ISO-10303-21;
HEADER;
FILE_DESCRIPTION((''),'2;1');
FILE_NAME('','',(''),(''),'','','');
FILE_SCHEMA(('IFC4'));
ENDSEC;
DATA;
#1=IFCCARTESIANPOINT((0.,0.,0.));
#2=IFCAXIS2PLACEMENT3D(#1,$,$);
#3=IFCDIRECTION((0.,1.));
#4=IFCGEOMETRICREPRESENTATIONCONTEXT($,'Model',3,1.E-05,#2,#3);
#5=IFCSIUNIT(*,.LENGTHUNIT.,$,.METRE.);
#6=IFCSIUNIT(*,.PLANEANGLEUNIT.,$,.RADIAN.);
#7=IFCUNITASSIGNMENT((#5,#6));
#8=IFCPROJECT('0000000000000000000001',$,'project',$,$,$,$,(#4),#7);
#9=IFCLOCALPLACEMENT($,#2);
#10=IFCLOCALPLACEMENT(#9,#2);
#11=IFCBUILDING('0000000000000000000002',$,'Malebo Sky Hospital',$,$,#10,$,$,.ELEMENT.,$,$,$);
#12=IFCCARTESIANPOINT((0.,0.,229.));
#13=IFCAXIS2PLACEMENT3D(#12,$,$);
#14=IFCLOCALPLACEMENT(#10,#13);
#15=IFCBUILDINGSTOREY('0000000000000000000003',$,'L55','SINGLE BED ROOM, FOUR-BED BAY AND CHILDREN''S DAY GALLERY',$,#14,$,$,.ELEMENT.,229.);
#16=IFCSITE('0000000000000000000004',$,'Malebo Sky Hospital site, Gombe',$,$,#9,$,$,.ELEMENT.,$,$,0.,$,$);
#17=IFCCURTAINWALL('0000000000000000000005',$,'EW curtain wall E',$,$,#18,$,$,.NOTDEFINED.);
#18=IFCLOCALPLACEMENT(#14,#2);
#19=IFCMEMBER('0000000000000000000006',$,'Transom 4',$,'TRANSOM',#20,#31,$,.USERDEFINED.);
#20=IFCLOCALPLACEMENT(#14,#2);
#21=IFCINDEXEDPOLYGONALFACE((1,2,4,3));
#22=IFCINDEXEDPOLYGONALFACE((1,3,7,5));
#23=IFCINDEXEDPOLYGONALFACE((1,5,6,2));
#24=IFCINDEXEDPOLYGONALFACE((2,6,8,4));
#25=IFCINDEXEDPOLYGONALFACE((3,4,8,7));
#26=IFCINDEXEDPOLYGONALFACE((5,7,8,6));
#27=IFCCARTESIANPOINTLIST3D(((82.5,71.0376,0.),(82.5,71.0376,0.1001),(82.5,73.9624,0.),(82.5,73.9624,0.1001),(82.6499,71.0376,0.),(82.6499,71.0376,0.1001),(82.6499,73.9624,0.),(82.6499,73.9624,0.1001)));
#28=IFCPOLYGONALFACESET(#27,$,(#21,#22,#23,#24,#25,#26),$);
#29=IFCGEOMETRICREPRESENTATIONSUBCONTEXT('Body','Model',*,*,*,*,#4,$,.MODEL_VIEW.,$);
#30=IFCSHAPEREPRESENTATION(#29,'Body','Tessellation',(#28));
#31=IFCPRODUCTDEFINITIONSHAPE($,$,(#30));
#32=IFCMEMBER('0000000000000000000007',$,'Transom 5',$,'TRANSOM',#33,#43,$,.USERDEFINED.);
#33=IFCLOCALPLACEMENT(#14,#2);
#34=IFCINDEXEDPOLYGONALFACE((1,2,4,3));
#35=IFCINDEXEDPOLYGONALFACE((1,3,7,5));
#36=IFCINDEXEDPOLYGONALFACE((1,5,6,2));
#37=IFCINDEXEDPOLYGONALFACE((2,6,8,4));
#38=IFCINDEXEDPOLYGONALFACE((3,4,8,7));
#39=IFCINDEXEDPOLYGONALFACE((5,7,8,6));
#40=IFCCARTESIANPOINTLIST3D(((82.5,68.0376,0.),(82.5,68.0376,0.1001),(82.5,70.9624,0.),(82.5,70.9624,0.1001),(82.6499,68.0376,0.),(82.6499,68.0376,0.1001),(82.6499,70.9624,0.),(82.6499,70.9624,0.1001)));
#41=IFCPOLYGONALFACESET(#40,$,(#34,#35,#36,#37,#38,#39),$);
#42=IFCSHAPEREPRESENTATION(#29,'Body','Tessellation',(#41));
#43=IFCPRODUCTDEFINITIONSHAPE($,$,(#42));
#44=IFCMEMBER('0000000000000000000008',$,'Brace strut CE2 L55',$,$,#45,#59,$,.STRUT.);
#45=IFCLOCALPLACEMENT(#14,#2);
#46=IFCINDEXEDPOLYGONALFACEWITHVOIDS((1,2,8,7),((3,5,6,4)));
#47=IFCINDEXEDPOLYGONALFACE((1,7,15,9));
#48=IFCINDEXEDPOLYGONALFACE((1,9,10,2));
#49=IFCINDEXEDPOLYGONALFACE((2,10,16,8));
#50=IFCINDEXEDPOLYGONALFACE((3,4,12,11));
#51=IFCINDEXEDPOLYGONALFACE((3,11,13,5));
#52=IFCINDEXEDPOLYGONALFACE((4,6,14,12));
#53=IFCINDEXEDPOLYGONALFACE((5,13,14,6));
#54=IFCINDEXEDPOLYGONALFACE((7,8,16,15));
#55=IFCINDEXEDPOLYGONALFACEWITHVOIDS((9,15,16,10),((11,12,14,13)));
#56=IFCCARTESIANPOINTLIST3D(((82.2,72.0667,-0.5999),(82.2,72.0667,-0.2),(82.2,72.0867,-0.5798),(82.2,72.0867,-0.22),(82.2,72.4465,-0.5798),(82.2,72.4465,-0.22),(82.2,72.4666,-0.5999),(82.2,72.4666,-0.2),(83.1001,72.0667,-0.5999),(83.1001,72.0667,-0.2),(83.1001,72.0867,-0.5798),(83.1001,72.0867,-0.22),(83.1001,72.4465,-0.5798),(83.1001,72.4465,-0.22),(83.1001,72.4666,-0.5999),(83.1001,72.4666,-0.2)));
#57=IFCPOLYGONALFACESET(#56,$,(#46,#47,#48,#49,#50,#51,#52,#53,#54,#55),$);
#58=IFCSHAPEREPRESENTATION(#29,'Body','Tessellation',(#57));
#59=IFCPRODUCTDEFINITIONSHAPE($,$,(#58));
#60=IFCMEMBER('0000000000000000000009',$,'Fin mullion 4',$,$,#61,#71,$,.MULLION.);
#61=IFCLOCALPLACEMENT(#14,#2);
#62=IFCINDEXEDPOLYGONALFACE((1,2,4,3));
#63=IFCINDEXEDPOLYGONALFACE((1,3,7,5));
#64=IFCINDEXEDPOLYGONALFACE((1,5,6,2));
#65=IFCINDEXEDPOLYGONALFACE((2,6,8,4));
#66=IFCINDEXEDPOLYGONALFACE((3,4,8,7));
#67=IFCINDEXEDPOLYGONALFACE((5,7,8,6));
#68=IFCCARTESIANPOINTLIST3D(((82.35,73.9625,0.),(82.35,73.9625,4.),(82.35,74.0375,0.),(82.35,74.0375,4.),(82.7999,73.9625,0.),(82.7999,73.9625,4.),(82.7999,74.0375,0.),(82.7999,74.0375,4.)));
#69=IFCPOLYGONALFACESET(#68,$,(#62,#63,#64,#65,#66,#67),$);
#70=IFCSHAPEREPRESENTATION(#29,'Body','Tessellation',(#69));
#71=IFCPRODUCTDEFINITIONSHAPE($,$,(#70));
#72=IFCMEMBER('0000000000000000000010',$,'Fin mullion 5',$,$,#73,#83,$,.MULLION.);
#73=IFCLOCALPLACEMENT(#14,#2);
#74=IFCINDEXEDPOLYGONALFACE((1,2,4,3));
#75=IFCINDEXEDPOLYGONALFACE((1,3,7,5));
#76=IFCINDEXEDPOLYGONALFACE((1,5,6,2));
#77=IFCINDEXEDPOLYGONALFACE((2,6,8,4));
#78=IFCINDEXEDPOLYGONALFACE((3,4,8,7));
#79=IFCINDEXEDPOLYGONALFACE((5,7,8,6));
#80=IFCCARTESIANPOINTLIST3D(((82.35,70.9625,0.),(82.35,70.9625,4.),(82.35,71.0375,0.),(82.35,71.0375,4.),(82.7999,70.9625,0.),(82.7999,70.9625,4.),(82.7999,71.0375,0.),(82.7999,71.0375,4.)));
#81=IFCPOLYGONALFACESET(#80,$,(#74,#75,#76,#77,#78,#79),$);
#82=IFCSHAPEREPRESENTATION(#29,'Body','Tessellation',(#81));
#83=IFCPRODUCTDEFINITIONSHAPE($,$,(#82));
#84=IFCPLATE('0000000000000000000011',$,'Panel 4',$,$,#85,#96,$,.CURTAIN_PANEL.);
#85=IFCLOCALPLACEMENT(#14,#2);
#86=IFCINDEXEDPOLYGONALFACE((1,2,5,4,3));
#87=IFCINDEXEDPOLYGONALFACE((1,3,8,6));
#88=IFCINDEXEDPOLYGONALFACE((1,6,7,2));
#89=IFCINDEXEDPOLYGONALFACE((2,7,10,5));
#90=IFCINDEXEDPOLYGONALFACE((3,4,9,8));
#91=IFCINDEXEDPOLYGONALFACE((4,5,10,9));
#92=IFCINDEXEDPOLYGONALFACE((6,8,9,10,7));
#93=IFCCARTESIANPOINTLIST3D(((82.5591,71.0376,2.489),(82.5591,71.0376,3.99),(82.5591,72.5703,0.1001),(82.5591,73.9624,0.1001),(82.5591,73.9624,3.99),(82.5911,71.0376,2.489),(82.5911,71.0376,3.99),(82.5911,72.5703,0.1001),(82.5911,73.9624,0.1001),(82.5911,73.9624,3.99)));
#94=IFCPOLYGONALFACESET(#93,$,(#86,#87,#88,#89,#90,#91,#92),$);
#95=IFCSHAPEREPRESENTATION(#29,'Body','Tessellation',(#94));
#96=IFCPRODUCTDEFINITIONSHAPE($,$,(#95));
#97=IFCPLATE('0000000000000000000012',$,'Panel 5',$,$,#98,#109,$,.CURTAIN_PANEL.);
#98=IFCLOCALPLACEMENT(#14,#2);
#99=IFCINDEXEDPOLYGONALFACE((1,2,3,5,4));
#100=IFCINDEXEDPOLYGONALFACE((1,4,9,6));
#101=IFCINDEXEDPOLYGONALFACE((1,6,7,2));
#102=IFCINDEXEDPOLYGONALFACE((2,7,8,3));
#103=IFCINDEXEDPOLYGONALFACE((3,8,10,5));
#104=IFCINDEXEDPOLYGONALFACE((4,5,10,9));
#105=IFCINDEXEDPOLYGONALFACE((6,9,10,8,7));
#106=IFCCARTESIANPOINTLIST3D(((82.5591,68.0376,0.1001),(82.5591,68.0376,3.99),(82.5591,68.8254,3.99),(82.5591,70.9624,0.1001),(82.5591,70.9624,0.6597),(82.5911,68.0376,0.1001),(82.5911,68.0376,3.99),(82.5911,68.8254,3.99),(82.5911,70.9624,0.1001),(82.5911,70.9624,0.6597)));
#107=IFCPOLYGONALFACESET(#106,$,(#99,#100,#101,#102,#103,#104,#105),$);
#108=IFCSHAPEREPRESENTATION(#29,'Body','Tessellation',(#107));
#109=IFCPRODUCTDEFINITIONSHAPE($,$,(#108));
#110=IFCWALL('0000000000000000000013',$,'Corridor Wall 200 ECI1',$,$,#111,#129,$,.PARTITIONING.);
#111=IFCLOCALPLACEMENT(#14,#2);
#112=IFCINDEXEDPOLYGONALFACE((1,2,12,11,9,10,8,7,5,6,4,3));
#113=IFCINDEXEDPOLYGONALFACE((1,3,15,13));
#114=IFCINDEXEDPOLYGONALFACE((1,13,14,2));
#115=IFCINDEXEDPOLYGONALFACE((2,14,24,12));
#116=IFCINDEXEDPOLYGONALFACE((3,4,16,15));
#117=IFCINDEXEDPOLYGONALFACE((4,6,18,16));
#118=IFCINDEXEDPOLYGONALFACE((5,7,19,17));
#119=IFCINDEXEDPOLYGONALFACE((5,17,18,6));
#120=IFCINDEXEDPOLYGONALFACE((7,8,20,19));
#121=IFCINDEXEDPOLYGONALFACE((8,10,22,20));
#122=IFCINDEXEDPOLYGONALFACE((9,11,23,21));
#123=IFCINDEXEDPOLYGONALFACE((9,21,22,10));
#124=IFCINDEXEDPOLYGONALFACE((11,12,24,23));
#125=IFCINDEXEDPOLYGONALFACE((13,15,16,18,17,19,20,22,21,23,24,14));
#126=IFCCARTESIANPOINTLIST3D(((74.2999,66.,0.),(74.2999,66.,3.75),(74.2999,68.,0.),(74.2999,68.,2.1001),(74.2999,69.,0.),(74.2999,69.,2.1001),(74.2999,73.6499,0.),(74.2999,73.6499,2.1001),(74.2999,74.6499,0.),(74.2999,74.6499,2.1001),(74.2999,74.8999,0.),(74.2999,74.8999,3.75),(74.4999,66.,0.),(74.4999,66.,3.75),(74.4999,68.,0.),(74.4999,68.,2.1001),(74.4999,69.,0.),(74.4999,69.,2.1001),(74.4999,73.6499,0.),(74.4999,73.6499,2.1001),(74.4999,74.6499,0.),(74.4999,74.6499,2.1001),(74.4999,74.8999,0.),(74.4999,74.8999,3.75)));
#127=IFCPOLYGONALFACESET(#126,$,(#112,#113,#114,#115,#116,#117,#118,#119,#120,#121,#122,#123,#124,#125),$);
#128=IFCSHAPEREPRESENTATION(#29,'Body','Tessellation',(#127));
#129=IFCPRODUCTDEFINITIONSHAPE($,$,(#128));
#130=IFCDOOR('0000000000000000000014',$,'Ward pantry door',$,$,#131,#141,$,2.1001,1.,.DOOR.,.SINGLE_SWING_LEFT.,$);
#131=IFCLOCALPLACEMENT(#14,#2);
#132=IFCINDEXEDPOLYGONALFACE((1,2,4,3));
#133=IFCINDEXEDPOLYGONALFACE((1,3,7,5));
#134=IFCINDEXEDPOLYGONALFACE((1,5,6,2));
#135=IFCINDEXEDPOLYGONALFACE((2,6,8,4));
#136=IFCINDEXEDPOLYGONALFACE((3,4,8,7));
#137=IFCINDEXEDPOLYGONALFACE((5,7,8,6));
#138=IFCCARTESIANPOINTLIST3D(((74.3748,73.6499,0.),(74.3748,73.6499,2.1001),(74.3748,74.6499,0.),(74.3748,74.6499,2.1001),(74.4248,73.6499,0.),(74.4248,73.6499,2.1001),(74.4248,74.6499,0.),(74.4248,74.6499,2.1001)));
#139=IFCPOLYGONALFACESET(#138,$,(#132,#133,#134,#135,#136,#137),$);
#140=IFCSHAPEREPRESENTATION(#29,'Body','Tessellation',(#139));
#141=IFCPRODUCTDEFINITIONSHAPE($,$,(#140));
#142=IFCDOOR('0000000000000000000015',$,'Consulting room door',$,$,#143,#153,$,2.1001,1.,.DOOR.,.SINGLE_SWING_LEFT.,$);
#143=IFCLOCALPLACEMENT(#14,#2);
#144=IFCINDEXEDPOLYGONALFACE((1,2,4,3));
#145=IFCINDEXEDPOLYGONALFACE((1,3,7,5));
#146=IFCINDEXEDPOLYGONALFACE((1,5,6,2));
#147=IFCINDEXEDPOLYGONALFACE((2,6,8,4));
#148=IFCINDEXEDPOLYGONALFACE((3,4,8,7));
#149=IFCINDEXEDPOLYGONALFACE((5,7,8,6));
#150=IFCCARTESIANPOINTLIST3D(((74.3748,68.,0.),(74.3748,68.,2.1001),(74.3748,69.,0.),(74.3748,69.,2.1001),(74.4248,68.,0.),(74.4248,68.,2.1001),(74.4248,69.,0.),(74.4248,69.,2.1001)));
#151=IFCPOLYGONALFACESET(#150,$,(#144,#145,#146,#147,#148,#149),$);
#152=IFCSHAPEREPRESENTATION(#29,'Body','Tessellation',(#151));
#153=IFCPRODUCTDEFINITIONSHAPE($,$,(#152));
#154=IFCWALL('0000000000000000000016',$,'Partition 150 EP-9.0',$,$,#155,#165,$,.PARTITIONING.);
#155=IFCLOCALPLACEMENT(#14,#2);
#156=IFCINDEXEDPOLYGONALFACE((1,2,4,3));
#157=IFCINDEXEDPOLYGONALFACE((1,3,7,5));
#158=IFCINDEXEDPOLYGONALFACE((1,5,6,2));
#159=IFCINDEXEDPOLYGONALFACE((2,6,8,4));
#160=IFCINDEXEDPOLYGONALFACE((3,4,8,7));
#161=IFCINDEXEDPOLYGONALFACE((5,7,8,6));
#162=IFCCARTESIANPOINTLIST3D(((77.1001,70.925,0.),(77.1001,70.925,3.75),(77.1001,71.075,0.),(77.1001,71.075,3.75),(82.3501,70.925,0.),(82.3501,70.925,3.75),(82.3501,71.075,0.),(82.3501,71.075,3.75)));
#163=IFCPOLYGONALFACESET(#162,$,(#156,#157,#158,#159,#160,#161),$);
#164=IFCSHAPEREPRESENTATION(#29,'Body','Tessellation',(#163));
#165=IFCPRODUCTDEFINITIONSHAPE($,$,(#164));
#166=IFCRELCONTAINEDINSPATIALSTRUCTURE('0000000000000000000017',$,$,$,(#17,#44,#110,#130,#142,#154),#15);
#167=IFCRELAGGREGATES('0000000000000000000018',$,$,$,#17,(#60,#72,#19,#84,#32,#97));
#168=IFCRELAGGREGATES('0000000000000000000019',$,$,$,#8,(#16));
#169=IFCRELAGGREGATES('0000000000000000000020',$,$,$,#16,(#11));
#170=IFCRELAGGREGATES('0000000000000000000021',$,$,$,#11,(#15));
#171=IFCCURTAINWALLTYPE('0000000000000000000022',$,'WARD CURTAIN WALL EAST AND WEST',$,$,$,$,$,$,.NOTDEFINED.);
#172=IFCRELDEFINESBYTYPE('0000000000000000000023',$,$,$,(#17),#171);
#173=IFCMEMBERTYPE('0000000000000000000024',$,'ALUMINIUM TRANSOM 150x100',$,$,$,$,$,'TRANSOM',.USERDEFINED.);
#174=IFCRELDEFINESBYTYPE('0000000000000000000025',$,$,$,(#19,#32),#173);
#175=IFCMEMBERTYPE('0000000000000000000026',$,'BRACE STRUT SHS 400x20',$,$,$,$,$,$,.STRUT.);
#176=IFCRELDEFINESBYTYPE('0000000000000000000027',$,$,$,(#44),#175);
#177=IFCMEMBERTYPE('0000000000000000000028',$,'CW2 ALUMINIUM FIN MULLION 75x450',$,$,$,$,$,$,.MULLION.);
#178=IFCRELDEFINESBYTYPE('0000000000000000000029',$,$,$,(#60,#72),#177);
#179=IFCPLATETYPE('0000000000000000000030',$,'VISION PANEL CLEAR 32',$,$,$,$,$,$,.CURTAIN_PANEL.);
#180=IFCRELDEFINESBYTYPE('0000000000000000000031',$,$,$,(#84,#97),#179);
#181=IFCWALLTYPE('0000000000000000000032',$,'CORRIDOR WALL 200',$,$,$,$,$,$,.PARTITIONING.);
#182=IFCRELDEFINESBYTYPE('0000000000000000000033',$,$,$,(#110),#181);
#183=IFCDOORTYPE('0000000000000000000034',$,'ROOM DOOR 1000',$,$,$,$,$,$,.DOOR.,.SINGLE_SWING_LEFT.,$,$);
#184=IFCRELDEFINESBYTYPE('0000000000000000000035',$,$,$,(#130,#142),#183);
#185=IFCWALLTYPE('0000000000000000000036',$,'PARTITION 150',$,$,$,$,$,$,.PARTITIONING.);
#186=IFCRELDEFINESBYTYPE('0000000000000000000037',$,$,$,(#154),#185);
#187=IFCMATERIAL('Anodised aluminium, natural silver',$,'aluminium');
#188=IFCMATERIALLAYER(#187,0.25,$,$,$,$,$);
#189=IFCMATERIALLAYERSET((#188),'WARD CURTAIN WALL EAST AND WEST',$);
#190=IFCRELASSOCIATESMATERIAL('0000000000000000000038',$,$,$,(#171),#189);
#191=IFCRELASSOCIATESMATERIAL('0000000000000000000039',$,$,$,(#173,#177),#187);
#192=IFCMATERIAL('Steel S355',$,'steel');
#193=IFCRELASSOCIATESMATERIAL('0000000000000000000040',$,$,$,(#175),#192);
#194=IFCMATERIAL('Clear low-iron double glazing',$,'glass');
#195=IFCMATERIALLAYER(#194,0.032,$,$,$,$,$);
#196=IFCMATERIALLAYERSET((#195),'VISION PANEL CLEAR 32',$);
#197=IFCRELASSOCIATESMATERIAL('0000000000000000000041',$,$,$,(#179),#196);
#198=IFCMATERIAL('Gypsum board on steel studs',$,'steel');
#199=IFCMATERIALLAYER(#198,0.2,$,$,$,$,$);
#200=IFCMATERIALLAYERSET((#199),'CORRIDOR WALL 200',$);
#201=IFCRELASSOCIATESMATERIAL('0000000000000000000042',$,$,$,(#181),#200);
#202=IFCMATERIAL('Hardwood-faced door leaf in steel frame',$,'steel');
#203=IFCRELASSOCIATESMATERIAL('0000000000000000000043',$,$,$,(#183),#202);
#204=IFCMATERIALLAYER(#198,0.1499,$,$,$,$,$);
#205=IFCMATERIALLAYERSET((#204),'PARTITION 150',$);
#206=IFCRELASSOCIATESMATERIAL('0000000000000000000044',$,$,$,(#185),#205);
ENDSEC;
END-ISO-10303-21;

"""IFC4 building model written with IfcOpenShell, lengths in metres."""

from ifc_helpers import new_model, si_unit, direction, frame, frame_2d, origin, origin_2d, place, context, subcontext, project, spatial, polyline, rectangle, hollow_rectangle, outline, extrude, material, layer, layer_set, material_profile, profile_set, type_object, element, fill, aggregate, save


model = new_model("IFC4")

# Units and contexts
model_context = context("Model", 3, precision=1e-05, world=origin(), true_north=direction((0.0, 1.0)))
body_context = subcontext(model_context, "Body", "Model", "MODEL_VIEW")
ifc_project = project(units=[si_unit("LENGTHUNIT", "METRE"), si_unit("PLANEANGLEUNIT", "RADIAN")], contexts=[model_context])

# Site, building, storey
site_placement = place(None, origin())
site = spatial("IfcSite", under=ifc_project, at=site_placement, Name="Malebo Sky Hospital site, Gombe", CompositionType="ELEMENT", RefElevation=0.0)
building_placement = place(site_placement, origin())
building = spatial("IfcBuilding", under=site, at=building_placement, Name="Malebo Sky Hospital", CompositionType="ELEMENT")
storey_placement = place(building_placement, frame((0.0, 0.0, 229.0)))
storey = spatial("IfcBuildingStorey", under=building, at=storey_placement, Name="L55", Description="SINGLE BED ROOM, FOUR-BED BAY AND CHILDREN'S DAY GALLERY", CompositionType="ELEMENT", Elevation=229.0)

# Curtain wall, members
ifc_material_1 = material(Name="Anodised aluminium, natural silver", Category="aluminium")
ifc_layer_1 = layer(ifc_material_1, 0.25)
ifc_layer_set_1 = layer_set([ifc_layer_1], Name="WARD CURTAIN WALL EAST AND WEST")
curtain_wall_type = type_object("IfcCurtainWallType", Name="WARD CURTAIN WALL EAST AND WEST", PredefinedType="NOTDEFINED", material=ifc_layer_set_1)
curtain_wall_placement = place(storey_placement, origin())
curtain_wall = element("IfcCurtainWall", 1, at=curtain_wall_placement, inside=storey, type_object=curtain_wall_type, Name="EW curtain wall E", PredefinedType="NOTDEFINED")
ifc_material_profile_1 = material_profile(ifc_material_1, rectangle(XDim=0.1499, YDim=0.1001, at=origin_2d()), Name="ALUMINIUM TRANSOM 150x100")
ifc_profile_set_1 = profile_set([ifc_material_profile_1], Name="Anodised aluminium, natural silver")
member_type_1 = type_object("IfcMemberType", Name="ALUMINIUM TRANSOM 150x100", ElementType="TRANSOM", PredefinedType="USERDEFINED", material=ifc_profile_set_1)
member_1_placement = place(storey_placement, frame((82.575, 73.9624, 0.05), z_axis=(0.0, -1.0, 0.0), x_axis=(1.0, 0.0, 0.0)))
member_1 = element("IfcMember", 2, at=member_1_placement, type_object=member_type_1, Name="Transom 4", ObjectType="TRANSOM", PredefinedType="USERDEFINED", context=body_context, shape_type="SweptSolid", body=[
    extrude(rectangle(XDim=0.1499, YDim=0.1001, at=origin_2d()), origin(), (0.0, 0.0, 1.0), 2.9248),
])
member_2_placement = place(storey_placement, frame((82.575, 70.9624, 0.05), z_axis=(0.0, -1.0, 0.0), x_axis=(1.0, 0.0, 0.0)))
member_2 = element("IfcMember", 3, at=member_2_placement, type_object=member_type_1, Name="Transom 5", ObjectType="TRANSOM", PredefinedType="USERDEFINED", context=body_context, shape_type="SweptSolid", body=[
    extrude(rectangle(XDim=0.1499, YDim=0.1001, at=origin_2d()), origin(), (0.0, 0.0, 1.0), 2.9248),
])

# Members
ifc_material_2 = material(Name="Steel S355", Category="steel")
ifc_material_profile_2 = material_profile(ifc_material_2, hollow_rectangle(XDim=0.3999, YDim=0.3999, WallThickness=0.02, at=origin_2d()), Name="SHS 400x20")
ifc_profile_set_2 = profile_set([ifc_material_profile_2], Name="Steel S355")
member_type_2 = type_object("IfcMemberType", Name="BRACE STRUT SHS 400x20", PredefinedType="STRUT", material=ifc_profile_set_2)
member_3_placement = place(storey_placement, frame((83.1001, 72.2666, -0.3999), z_axis=(-1.0, 0.0, 0.0), x_axis=(0.0, -1.0, 0.0)))
element("IfcMember", 4, at=member_3_placement, inside=storey, type_object=member_type_2, Name="Brace strut CE2 L55", PredefinedType="STRUT", context=body_context, shape_type="SweptSolid", body=[
    extrude(hollow_rectangle(XDim=0.3999, YDim=0.3999, WallThickness=0.02, at=origin_2d()), origin(), (0.0, 0.0, 1.0), 0.9001),
])
ifc_material_profile_3 = material_profile(ifc_material_1, rectangle(XDim=0.075, YDim=0.45, at=origin_2d()), Name="CW2 ALUMINIUM FIN MULLION 75x450")
ifc_profile_set_3 = profile_set([ifc_material_profile_3], Name="Anodised aluminium, natural silver")
member_type_3 = type_object("IfcMemberType", Name="CW2 ALUMINIUM FIN MULLION 75x450", PredefinedType="MULLION", material=ifc_profile_set_3)
member_4_placement = place(storey_placement, frame((82.575, 74.0, 0.0), z_axis=(0.0, 0.0, 1.0), x_axis=(0.0, -1.0, 0.0)))
member_4 = element("IfcMember", 5, at=member_4_placement, type_object=member_type_3, Name="Fin mullion 4", PredefinedType="MULLION", context=body_context, shape_type="SweptSolid", body=[
    extrude(rectangle(XDim=0.075, YDim=0.45, at=origin_2d()), origin(), (0.0, 0.0, 1.0), 4.0),
])
member_5_placement = place(storey_placement, frame((82.575, 71.0, 0.0), z_axis=(0.0, 0.0, 1.0), x_axis=(0.0, -1.0, 0.0)))
member_5 = element("IfcMember", 6, at=member_5_placement, type_object=member_type_3, Name="Fin mullion 5", PredefinedType="MULLION", context=body_context, shape_type="SweptSolid", body=[
    extrude(rectangle(XDim=0.075, YDim=0.45, at=origin_2d()), origin(), (0.0, 0.0, 1.0), 4.0),
])

# Plates
ifc_material_3 = material(Name="Clear low-iron double glazing", Category="glass")
ifc_layer_2 = layer(ifc_material_3, 0.032)
ifc_layer_set_2 = layer_set([ifc_layer_2], Name="VISION PANEL CLEAR 32")
plate_type = type_object("IfcPlateType", Name="VISION PANEL CLEAR 32", PredefinedType="CURTAIN_PANEL", material=ifc_layer_set_2)
plate_1_placement = place(storey_placement, frame((82.575, 72.5, 0.1001), z_axis=(0.0, 0.0, 1.0), x_axis=(0.0, -1.0, 0.0)))
plate_1 = element("IfcPlate", 7, at=plate_1_placement, type_object=plate_type, Name="Panel 4", PredefinedType="CURTAIN_PANEL", context=body_context, shape_type="SweptSolid", body=[
    extrude(outline(polyline([(-1.4624, 0.0), (-0.0703, 0.0), (1.4624, 2.3889), (1.4624, 3.8899), (-1.4624, 3.8899), (-1.4624, 0.0)])), frame((0.0, 0.0161, 0.0), z_axis=(0.0, -1.0, 0.0), x_axis=(1.0, 0.0, 0.0)), (0.0, 0.0, 1.0), 0.032),
])
plate_2_placement = place(storey_placement, frame((82.575, 69.5, 0.1001), z_axis=(0.0, 0.0, 1.0), x_axis=(0.0, -1.0, 0.0)))
plate_2 = element("IfcPlate", 8, at=plate_2_placement, type_object=plate_type, Name="Panel 5", PredefinedType="CURTAIN_PANEL", context=body_context, shape_type="SweptSolid", body=[
    extrude(outline(polyline([(-1.4624, 0.0), (1.4624, 0.0), (1.4624, 3.8899), (0.6746, 3.8899), (-1.4624, 0.5596), (-1.4624, 0.0)])), frame((0.0, 0.0161, 0.0), z_axis=(0.0, -1.0, 0.0), x_axis=(1.0, 0.0, 0.0)), (0.0, 0.0, 1.0), 0.032),
])
aggregate(curtain_wall, [member_4, member_5, member_1, plate_1, member_2, plate_2])

# Wall, openings, doors
ifc_material_4 = material(Name="Gypsum board on steel studs", Category="steel")
ifc_layer_3 = layer(ifc_material_4, 0.2)
ifc_layer_set_3 = layer_set([ifc_layer_3], Name="CORRIDOR WALL 200")
wall_type_1 = type_object("IfcWallType", Name="CORRIDOR WALL 200", PredefinedType="PARTITIONING", material=ifc_layer_set_3)
wall_1_placement = place(storey_placement, frame((74.3999, 74.8999, 0.0), z_axis=(0.0, 0.0, 1.0), x_axis=(0.0, -1.0, 0.0)))
wall_1 = element("IfcWall", 9, at=wall_1_placement, inside=storey, type_object=wall_type_1, Name="Corridor Wall 200 ECI1", PredefinedType="PARTITIONING", context=body_context, shape_type="SweptSolid", body=[
    extrude(rectangle(XDim=8.8999, YDim=0.2, at=frame_2d((4.45, 0.0))), origin(), (0.0, 0.0, 1.0), 3.75),
])
opening_1_placement = place(wall_1_placement, frame((0.25, 0.0, 0.0)))
opening_1 = element("IfcOpeningElement", 10, at=opening_1_placement, cuts=wall_1, PredefinedType="OPENING", context=body_context, shape_type="SweptSolid", body=[
    extrude(rectangle(XDim=1.0, YDim=2.1001, at=frame_2d((0.5, 1.05))), frame((0.0, 0.1099, 0.0), z_axis=(0.0, -1.0, 0.0), x_axis=(1.0, 0.0, 0.0)), (0.0, 0.0, 1.0), 0.22),
])
opening_2_placement = place(wall_1_placement, frame((5.8999, 0.0, 0.0)))
opening_2 = element("IfcOpeningElement", 11, at=opening_2_placement, cuts=wall_1, PredefinedType="OPENING", context=body_context, shape_type="SweptSolid", body=[
    extrude(rectangle(XDim=1.0, YDim=2.1001, at=frame_2d((0.5, 1.05))), frame((0.0, 0.1099, 0.0), z_axis=(0.0, -1.0, 0.0), x_axis=(1.0, 0.0, 0.0)), (0.0, 0.0, 1.0), 0.22),
])
ifc_material_5 = material(Name="Hardwood-faced door leaf in steel frame", Category="steel")
door_type_1 = type_object("IfcDoorType", Name="ROOM DOOR 1000", OperationType="SINGLE_SWING_LEFT", PredefinedType="DOOR", material=ifc_material_5)
door_1_placement = place(opening_1_placement, origin())
door_1 = element("IfcDoor", 12, at=door_1_placement, inside=storey, type_object=door_type_1, Name="Ward pantry door", OperationType="SINGLE_SWING_LEFT", OverallHeight=2.1001, OverallWidth=1.0, PredefinedType="DOOR", context=body_context, shape_type="SweptSolid", body=[
    extrude(rectangle(XDim=1.0, YDim=2.1001, at=frame_2d((0.5, 1.05))), frame((0.0, 0.0249, 0.0), z_axis=(0.0, -1.0, 0.0), x_axis=(1.0, 0.0, 0.0)), (0.0, 0.0, 1.0), 0.05),
])
fill(opening_1, door_1)
door_2_placement = place(opening_2_placement, origin())
door_2 = element("IfcDoor", 13, at=door_2_placement, inside=storey, type_object=door_type_1, Name="Consulting room door", OperationType="SINGLE_SWING_LEFT", OverallHeight=2.1001, OverallWidth=1.0, PredefinedType="DOOR", context=body_context, shape_type="SweptSolid", body=[
    extrude(rectangle(XDim=1.0, YDim=2.1001, at=frame_2d((0.5, 1.05))), frame((0.0, 0.0249, 0.0), z_axis=(0.0, -1.0, 0.0), x_axis=(1.0, 0.0, 0.0)), (0.0, 0.0, 1.0), 0.05),
])
fill(opening_2, door_2)

# Wall
ifc_layer_4 = layer(ifc_material_4, 0.1499)
ifc_layer_set_4 = layer_set([ifc_layer_4], Name="PARTITION 150")
wall_type_2 = type_object("IfcWallType", Name="PARTITION 150", PredefinedType="PARTITIONING", material=ifc_layer_set_4)
wall_2_placement = place(storey_placement, frame((77.1001, 71.0, 0.0), z_axis=(0.0, 0.0, 1.0), x_axis=(1.0, 0.0, 0.0)))
element("IfcWall", 14, at=wall_2_placement, inside=storey, type_object=wall_type_2, Name="Partition 150 EP-9.0", PredefinedType="PARTITIONING", context=body_context, shape_type="SweptSolid", body=[
    extrude(rectangle(XDim=5.25, YDim=0.1499, at=frame_2d((2.625, 0.0))), origin(), (0.0, 0.0, 1.0), 3.75),
])

save(model, "model.ifc")
